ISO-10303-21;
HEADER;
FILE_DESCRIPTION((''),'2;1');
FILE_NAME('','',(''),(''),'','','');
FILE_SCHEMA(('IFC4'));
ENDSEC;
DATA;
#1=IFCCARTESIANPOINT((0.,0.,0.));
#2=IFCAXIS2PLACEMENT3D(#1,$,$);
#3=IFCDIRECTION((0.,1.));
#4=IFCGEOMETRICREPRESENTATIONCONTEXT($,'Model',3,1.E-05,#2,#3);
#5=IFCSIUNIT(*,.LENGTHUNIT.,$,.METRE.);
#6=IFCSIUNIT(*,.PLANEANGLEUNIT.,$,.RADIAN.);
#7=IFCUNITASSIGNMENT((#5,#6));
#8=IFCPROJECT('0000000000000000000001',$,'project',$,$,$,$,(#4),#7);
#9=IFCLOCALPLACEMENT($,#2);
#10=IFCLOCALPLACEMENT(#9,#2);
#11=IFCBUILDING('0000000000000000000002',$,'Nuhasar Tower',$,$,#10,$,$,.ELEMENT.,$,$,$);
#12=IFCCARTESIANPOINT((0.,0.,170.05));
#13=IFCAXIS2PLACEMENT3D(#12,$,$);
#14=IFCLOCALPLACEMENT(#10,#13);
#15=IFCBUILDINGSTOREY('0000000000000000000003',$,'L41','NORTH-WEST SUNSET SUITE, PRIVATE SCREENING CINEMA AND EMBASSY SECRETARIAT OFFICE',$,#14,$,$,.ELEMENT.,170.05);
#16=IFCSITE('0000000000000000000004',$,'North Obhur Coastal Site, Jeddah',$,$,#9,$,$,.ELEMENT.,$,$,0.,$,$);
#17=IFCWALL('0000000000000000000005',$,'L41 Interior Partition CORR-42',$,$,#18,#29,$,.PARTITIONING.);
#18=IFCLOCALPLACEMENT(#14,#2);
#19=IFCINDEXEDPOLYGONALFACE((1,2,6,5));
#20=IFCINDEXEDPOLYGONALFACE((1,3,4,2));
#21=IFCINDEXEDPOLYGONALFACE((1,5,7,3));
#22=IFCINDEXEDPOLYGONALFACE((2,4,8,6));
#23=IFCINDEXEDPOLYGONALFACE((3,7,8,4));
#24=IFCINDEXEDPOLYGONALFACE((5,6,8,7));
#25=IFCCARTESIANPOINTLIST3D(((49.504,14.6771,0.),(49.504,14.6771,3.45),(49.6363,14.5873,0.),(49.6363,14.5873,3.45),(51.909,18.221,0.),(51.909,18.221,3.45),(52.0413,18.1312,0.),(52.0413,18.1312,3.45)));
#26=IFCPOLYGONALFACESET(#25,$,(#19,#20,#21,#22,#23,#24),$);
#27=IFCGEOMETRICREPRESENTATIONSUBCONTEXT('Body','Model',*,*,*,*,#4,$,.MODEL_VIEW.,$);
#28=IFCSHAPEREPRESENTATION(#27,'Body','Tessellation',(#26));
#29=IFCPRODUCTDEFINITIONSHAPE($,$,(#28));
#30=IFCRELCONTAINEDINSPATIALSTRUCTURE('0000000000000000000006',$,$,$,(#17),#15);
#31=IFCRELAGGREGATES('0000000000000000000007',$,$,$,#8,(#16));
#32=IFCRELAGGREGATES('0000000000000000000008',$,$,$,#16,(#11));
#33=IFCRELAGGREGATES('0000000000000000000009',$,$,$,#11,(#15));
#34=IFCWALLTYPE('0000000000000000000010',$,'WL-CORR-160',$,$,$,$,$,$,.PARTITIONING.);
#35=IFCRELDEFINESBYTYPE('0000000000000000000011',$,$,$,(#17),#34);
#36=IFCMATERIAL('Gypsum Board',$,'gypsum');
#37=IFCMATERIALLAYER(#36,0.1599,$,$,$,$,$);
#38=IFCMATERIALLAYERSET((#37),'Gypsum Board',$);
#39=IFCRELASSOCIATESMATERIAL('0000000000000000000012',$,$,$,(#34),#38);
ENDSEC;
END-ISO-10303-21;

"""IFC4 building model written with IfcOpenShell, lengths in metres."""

from ifc_helpers import new_model, si_unit, direction, frame, frame_2d, origin, place, context, subcontext, project, spatial, rectangle, extrude, material, layer, layer_set, type_object, element, save


model = new_model("IFC4")

# Units and contexts
model_context = context("Model", 3, precision=1e-05, world=origin(), true_north=direction((0.0, 1.0)))
body_context = subcontext(model_context, "Body", "Model", "MODEL_VIEW")
ifc_project = project(units=[si_unit("LENGTHUNIT", "METRE"), si_unit("PLANEANGLEUNIT", "RADIAN")], contexts=[model_context])

# Site, building, storey
site_placement = place(None, origin())
site = spatial("IfcSite", under=ifc_project, at=site_placement, Name="North Obhur Coastal Site, Jeddah", CompositionType="ELEMENT", RefElevation=0.0)
building_placement = place(site_placement, origin())
building = spatial("IfcBuilding", under=site, at=building_placement, Name="Nuhasar Tower", CompositionType="ELEMENT")
storey_placement = place(building_placement, frame((0.0, 0.0, 170.05)))
storey = spatial("IfcBuildingStorey", under=building, at=storey_placement, Name="L41", Description="NORTH-WEST SUNSET SUITE, PRIVATE SCREENING CINEMA AND EMBASSY SECRETARIAT OFFICE", CompositionType="ELEMENT", Elevation=170.05)

# Shared definitions
ifc_material_1 = material(Name="Gypsum Board", Category="gypsum")
ifc_layer_1 = layer(ifc_material_1, 0.1599)
ifc_layer_set_1 = layer_set([ifc_layer_1], Name="Gypsum Board")
wall_type = type_object("IfcWallType", Name="WL-CORR-160", PredefinedType="PARTITIONING", material=ifc_layer_set_1)

# Wall
wall_1_placement = place(storey_placement, frame((49.5701, 14.6321, 0.0), z_axis=(0.0, 0.0, 1.0), x_axis=(0.561535, 0.827453, 0.0)))
element("IfcWall", 1, at=wall_1_placement, inside=storey, type_object=wall_type, Name="L41 Interior Partition CORR-42", PredefinedType="PARTITIONING", context=body_context, shape_type="SweptSolid", body=[
    extrude(rectangle(XDim=4.283, YDim=0.1599, at=frame_2d((2.1416, 0.0))), origin(), (0.0, 0.0, 1.0), 3.45),
])

save(model, "model.ifc")
